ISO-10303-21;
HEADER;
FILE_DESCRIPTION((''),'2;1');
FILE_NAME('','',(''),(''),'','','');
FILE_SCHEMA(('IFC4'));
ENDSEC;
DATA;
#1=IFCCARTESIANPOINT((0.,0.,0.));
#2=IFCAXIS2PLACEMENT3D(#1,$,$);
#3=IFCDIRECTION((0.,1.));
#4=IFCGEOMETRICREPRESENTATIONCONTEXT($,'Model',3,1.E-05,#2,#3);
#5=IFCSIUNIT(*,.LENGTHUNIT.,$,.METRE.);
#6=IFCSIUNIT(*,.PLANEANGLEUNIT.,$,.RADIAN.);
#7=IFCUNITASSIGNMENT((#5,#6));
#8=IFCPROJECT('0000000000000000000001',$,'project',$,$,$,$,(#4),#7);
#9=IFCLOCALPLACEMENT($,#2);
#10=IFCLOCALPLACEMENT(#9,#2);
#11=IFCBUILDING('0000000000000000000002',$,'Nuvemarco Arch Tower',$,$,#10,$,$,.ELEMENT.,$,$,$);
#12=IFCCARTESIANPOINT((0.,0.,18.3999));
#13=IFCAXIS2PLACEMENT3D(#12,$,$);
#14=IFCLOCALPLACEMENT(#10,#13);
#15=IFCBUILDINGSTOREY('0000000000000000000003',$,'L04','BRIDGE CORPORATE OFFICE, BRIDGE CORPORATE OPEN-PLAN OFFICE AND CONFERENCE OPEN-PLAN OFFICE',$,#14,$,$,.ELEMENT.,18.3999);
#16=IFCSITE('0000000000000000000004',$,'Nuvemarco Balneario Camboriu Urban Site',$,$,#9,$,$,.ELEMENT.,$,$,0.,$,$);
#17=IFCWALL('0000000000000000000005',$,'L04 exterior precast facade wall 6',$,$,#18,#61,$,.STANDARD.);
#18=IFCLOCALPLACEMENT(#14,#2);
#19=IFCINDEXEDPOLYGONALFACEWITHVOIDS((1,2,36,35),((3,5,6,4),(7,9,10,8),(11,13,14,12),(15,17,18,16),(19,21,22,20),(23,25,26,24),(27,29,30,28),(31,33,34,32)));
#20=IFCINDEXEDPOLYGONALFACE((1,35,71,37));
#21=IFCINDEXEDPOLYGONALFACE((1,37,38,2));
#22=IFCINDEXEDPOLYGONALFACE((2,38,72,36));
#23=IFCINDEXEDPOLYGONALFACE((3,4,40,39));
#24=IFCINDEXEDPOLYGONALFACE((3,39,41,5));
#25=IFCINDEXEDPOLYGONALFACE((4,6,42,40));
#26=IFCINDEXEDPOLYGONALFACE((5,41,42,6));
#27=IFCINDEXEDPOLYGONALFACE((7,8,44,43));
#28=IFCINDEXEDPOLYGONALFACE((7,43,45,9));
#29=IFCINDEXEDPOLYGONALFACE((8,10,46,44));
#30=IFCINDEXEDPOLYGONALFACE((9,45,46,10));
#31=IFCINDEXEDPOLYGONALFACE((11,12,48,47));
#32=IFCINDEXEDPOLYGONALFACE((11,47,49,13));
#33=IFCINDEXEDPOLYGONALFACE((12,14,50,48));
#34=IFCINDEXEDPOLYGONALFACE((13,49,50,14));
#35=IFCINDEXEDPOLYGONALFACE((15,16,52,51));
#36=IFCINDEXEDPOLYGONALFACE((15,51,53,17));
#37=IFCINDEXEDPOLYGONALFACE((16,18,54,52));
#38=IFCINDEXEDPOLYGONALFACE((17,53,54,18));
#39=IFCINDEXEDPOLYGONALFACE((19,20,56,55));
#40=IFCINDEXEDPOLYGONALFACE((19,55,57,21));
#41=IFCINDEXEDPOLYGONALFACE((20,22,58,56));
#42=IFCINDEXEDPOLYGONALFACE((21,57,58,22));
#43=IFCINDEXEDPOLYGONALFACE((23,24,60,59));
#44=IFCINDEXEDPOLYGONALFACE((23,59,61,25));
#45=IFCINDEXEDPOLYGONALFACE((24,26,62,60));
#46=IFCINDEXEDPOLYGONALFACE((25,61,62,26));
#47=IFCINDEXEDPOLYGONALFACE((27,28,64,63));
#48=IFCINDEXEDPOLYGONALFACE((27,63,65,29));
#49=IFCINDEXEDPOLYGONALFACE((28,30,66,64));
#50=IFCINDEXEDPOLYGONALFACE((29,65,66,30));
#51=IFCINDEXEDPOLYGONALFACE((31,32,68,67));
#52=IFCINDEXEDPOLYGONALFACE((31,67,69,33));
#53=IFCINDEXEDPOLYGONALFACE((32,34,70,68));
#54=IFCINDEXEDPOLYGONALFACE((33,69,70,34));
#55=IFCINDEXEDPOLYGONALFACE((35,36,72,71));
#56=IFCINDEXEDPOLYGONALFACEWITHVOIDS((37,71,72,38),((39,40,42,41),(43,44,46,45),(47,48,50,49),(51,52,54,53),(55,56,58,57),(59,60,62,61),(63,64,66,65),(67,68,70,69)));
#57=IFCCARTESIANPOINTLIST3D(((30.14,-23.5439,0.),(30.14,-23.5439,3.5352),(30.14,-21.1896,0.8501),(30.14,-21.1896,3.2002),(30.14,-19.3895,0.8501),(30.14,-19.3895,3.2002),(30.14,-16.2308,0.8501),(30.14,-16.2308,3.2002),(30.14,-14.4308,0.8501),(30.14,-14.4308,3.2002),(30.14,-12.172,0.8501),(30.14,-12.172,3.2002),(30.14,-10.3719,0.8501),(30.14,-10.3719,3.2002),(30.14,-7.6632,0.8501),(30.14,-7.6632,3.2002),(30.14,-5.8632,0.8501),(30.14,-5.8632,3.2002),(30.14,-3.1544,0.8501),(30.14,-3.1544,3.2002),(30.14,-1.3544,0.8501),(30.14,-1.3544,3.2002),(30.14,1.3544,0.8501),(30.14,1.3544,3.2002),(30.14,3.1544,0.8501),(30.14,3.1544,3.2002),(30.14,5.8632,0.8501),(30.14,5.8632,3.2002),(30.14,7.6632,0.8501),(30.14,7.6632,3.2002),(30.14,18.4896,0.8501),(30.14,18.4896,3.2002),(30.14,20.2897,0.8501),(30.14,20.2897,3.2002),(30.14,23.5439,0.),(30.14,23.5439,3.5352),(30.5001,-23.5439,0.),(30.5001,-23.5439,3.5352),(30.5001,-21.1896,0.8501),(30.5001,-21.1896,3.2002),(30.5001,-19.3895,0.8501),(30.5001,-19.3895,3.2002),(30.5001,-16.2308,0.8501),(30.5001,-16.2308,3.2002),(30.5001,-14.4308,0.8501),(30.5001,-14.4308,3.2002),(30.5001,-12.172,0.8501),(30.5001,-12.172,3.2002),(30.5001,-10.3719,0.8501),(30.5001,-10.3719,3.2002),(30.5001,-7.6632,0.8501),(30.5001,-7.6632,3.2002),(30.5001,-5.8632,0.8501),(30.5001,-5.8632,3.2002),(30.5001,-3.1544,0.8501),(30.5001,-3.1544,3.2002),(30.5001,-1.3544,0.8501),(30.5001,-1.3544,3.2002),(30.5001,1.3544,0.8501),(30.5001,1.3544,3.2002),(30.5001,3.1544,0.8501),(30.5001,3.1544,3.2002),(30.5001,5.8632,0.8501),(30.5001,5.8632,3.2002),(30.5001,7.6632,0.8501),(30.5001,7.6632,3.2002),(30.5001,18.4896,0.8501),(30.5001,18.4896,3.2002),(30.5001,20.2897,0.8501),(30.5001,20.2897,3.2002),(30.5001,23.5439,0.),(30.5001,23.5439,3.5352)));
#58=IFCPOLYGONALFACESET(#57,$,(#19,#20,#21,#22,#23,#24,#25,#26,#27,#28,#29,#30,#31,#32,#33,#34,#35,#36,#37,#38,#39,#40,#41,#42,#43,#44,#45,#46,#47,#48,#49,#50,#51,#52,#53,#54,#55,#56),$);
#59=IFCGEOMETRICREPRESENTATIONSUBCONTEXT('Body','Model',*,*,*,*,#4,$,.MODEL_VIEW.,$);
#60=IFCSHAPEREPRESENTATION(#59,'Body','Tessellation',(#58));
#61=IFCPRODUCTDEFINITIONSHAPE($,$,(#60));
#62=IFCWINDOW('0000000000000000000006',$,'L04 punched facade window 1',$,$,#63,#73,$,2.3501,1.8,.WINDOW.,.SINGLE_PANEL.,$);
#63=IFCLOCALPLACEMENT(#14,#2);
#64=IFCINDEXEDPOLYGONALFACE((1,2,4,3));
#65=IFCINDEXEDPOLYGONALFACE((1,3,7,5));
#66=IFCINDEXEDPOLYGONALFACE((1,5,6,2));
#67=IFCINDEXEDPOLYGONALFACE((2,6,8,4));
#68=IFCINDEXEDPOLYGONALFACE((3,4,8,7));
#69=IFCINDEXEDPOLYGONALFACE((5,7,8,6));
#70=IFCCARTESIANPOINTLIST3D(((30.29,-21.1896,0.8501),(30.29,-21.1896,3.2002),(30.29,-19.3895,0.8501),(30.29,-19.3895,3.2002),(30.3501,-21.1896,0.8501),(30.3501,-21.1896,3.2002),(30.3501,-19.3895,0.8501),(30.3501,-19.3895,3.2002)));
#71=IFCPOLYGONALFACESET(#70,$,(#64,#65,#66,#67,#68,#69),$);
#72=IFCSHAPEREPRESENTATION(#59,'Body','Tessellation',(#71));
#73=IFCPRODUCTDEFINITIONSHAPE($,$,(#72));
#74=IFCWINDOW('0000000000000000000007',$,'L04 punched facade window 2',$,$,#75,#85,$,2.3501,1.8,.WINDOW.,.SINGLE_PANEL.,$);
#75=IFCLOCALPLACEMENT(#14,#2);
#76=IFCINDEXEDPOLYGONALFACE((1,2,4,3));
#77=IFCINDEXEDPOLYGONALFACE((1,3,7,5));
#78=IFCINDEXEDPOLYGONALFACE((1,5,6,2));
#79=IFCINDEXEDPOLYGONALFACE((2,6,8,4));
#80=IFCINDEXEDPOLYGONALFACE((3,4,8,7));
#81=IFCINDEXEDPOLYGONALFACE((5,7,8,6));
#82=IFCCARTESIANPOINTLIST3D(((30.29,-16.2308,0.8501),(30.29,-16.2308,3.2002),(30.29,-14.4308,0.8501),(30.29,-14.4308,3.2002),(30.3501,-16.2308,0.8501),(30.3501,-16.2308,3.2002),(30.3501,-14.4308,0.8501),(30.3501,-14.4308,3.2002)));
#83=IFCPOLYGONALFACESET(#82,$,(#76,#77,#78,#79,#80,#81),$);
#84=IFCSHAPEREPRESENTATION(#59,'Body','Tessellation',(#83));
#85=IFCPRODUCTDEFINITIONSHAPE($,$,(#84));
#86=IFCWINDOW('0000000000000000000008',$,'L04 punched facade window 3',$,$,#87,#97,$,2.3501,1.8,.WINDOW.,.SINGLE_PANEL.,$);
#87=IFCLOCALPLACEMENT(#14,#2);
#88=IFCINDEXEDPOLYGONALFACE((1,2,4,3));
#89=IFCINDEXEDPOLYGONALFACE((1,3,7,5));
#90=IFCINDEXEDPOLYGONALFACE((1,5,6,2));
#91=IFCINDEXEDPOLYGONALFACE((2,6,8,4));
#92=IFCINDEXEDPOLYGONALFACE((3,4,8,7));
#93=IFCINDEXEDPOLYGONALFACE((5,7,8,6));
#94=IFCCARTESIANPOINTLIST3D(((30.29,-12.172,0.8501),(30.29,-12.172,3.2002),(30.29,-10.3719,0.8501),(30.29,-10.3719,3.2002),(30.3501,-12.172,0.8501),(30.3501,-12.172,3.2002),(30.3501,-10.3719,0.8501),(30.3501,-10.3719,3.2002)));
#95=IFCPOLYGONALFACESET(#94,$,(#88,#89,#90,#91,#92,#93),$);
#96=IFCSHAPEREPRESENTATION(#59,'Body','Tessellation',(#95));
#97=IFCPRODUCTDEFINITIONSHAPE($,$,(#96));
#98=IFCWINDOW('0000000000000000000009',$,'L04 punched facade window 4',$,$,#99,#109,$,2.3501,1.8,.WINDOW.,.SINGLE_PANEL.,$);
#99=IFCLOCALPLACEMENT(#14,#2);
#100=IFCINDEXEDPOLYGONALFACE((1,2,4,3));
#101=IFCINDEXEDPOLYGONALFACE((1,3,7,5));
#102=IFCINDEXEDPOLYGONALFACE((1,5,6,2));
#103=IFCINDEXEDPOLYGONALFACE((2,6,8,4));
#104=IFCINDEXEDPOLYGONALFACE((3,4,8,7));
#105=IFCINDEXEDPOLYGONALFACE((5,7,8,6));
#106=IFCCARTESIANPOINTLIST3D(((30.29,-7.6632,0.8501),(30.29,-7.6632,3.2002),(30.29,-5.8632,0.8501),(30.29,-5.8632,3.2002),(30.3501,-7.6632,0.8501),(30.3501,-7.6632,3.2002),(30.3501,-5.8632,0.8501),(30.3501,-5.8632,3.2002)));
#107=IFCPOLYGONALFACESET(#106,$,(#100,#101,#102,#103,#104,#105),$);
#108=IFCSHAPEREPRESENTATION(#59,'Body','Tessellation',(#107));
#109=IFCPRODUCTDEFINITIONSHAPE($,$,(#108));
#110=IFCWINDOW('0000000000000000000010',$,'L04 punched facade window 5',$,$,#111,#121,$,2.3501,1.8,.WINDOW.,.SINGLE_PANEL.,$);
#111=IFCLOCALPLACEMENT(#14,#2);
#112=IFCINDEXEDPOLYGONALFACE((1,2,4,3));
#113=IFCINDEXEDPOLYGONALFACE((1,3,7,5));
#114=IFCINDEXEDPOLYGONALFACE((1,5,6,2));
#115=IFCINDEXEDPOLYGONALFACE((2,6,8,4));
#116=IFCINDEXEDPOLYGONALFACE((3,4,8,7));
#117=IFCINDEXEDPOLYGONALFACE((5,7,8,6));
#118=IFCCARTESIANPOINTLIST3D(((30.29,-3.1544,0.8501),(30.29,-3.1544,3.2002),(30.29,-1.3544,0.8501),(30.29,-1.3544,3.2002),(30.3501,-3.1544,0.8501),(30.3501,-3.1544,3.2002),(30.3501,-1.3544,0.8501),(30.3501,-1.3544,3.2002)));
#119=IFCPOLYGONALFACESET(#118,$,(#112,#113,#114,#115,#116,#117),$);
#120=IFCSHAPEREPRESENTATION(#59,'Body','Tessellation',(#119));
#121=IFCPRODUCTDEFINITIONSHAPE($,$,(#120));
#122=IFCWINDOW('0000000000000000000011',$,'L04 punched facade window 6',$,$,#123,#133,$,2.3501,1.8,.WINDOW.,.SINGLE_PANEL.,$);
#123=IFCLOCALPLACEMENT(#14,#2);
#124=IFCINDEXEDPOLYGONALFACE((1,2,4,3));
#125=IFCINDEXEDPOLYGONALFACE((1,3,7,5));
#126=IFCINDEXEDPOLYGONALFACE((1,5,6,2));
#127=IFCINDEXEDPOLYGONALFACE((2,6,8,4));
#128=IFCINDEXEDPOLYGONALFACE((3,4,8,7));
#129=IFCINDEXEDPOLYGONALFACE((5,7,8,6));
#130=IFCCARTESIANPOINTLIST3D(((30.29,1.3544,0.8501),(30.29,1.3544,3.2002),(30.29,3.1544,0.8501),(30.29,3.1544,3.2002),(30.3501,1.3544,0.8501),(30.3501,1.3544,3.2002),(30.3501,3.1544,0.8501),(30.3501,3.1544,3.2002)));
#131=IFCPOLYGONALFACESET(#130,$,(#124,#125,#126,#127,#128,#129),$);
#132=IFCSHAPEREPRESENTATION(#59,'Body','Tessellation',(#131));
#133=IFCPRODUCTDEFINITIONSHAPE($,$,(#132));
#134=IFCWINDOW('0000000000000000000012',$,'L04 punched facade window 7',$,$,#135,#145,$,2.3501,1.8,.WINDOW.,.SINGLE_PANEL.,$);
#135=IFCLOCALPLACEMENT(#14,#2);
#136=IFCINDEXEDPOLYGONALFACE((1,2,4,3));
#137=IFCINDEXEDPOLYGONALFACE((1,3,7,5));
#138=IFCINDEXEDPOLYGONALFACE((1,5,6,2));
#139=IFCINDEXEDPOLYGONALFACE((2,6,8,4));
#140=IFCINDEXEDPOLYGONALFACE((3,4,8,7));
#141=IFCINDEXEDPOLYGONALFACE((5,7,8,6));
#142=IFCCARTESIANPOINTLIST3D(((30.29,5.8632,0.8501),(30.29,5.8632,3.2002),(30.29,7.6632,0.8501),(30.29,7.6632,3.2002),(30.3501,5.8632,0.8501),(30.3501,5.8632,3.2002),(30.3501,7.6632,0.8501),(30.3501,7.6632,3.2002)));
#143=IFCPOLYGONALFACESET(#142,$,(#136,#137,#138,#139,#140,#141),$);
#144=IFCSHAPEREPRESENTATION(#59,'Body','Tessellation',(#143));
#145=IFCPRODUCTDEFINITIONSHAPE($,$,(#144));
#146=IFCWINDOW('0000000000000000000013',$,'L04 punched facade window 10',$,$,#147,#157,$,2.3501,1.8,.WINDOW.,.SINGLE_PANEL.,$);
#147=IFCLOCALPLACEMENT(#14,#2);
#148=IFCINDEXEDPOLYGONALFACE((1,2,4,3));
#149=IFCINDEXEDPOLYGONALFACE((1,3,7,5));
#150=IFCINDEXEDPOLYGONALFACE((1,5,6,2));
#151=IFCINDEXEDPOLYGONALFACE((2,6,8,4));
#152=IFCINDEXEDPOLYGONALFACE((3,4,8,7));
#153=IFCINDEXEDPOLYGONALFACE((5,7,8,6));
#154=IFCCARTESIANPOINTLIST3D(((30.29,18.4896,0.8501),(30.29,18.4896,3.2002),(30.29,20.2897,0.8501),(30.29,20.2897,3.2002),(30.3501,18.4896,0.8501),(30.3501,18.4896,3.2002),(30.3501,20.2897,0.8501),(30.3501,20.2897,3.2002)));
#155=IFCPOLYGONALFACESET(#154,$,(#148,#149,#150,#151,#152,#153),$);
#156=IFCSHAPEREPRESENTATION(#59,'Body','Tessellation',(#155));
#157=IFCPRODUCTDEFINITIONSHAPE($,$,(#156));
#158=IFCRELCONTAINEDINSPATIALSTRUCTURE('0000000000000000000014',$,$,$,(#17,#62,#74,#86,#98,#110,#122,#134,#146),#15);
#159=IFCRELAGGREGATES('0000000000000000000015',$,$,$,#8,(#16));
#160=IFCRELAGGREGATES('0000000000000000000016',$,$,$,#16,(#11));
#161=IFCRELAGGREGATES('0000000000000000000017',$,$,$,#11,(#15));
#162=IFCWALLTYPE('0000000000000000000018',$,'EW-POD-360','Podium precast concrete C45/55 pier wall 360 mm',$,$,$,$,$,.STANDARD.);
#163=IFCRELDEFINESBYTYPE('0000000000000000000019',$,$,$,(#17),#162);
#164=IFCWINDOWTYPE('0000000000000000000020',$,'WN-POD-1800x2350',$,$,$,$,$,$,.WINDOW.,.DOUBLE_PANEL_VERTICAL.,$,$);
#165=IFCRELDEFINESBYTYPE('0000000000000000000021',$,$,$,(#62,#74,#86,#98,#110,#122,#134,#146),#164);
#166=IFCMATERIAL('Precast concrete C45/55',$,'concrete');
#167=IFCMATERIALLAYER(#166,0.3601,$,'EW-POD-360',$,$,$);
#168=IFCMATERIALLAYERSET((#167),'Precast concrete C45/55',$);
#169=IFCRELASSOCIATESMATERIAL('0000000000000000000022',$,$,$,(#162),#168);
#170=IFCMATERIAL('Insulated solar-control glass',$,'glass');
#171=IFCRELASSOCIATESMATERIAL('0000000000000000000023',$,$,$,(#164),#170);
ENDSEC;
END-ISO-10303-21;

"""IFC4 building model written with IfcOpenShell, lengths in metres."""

from ifc_helpers import new_model, si_unit, direction, frame, frame_2d, origin, place, context, subcontext, project, spatial, rectangle, extrude, source, transform, mapped, material, layer, layer_set, type_object, type_shapes, element, fill, save


model = new_model("IFC4")

# Units and contexts
model_context = context("Model", 3, precision=1e-05, world=origin(), true_north=direction((0.0, 1.0)))
body_context = subcontext(model_context, "Body", "Model", "MODEL_VIEW")
ifc_project = project(units=[si_unit("LENGTHUNIT", "METRE"), si_unit("PLANEANGLEUNIT", "RADIAN")], contexts=[model_context])

# Site, building, storey
site_placement = place(None, origin())
site = spatial("IfcSite", under=ifc_project, at=site_placement, Name="Nuvemarco Balneario Camboriu Urban Site", CompositionType="ELEMENT", RefElevation=0.0)
building_placement = place(site_placement, origin())
building = spatial("IfcBuilding", under=site, at=building_placement, Name="Nuvemarco Arch Tower", CompositionType="ELEMENT")
storey_placement = place(building_placement, frame((0.0, 0.0, 18.3999)))
storey = spatial("IfcBuildingStorey", under=building, at=storey_placement, Name="L04", Description="BRIDGE CORPORATE OFFICE, BRIDGE CORPORATE OPEN-PLAN OFFICE AND CONFERENCE OPEN-PLAN OFFICE", CompositionType="ELEMENT", Elevation=18.3999)

# Shared definitions
ifc_material_1 = material(Name="Precast concrete C45/55", Category="concrete")

# Shared definitions
ifc_layer = layer(ifc_material_1, 0.3601, Name="EW-POD-360")
ifc_layer_set = layer_set([ifc_layer], Name="Precast concrete C45/55")
wall_type = type_object("IfcWallType", Name="EW-POD-360", Description="Podium precast concrete C45/55 pier wall 360 mm", PredefinedType="STANDARD", material=ifc_layer_set)

# Wall, openings, windows
wall_1_placement = place(storey_placement, frame((30.3201, -23.5439, 0.0), z_axis=(0.0, 0.0, 1.0), x_axis=(0.0, 1.0, 0.0)))
wall_1 = element("IfcWall", 1, at=wall_1_placement, inside=storey, type_object=wall_type, Name="L04 exterior precast facade wall 6", PredefinedType="STANDARD", context=body_context, shape_type="SweptSolid", body=[
    extrude(rectangle(XDim=47.0879, YDim=0.3601, at=frame_2d((23.5439, 0.0))), origin(), (0.0, 0.0, 1.0), 3.5352),
])
opening_1_placement = place(wall_1_placement, frame((2.3545, 0.0, 0.8501)))
opening_1 = element("IfcOpeningElement", 2, at=opening_1_placement, cuts=wall_1, PredefinedType="OPENING", context=body_context, shape_type="SweptSolid", body=[
    extrude(rectangle(XDim=1.8, YDim=2.3501, at=frame_2d((0.8999, 1.175))), frame((0.0, 0.1899, 0.0), z_axis=(0.0, -1.0, 0.0), x_axis=(1.0, 0.0, 0.0)), (0.0, 0.0, 1.0), 0.3801),
])
opening_2_placement = place(wall_1_placement, frame((7.3132, 0.0, 0.8501)))
opening_2 = element("IfcOpeningElement", 3, at=opening_2_placement, cuts=wall_1, PredefinedType="OPENING", context=body_context, shape_type="SweptSolid", body=[
    extrude(rectangle(XDim=1.8, YDim=2.3501, at=frame_2d((0.8999, 1.175))), frame((0.0, 0.1899, 0.0), z_axis=(0.0, -1.0, 0.0), x_axis=(1.0, 0.0, 0.0)), (0.0, 0.0, 1.0), 0.3801),
])
opening_3_placement = place(wall_1_placement, frame((11.3721, 0.0, 0.8501)))
opening_3 = element("IfcOpeningElement", 4, at=opening_3_placement, cuts=wall_1, PredefinedType="OPENING", context=body_context, shape_type="SweptSolid", body=[
    extrude(rectangle(XDim=1.8, YDim=2.3501, at=frame_2d((0.8999, 1.175))), frame((0.0, 0.1899, 0.0), z_axis=(0.0, -1.0, 0.0), x_axis=(1.0, 0.0, 0.0)), (0.0, 0.0, 1.0), 0.3801),
])
opening_4_placement = place(wall_1_placement, frame((15.8809, 0.0, 0.8501)))
opening_4 = element("IfcOpeningElement", 5, at=opening_4_placement, cuts=wall_1, PredefinedType="OPENING", context=body_context, shape_type="SweptSolid", body=[
    extrude(rectangle(XDim=1.8, YDim=2.3501, at=frame_2d((0.8999, 1.175))), frame((0.0, 0.1899, 0.0), z_axis=(0.0, -1.0, 0.0), x_axis=(1.0, 0.0, 0.0)), (0.0, 0.0, 1.0), 0.3801),
])
opening_5_placement = place(wall_1_placement, frame((20.3896, 0.0, 0.8501)))
opening_5 = element("IfcOpeningElement", 6, at=opening_5_placement, cuts=wall_1, PredefinedType="OPENING", context=body_context, shape_type="SweptSolid", body=[
    extrude(rectangle(XDim=1.8, YDim=2.3501, at=frame_2d((0.8999, 1.175))), frame((0.0, 0.1899, 0.0), z_axis=(0.0, -1.0, 0.0), x_axis=(1.0, 0.0, 0.0)), (0.0, 0.0, 1.0), 0.3801),
])
opening_6_placement = place(wall_1_placement, frame((24.8984, 0.0, 0.8501)))
opening_6 = element("IfcOpeningElement", 7, at=opening_6_placement, cuts=wall_1, PredefinedType="OPENING", context=body_context, shape_type="SweptSolid", body=[
    extrude(rectangle(XDim=1.8, YDim=2.3501, at=frame_2d((0.8999, 1.175))), frame((0.0, 0.1899, 0.0), z_axis=(0.0, -1.0, 0.0), x_axis=(1.0, 0.0, 0.0)), (0.0, 0.0, 1.0), 0.3801),
])
opening_7_placement = place(wall_1_placement, frame((29.4072, 0.0, 0.8501)))
opening_7 = element("IfcOpeningElement", 8, at=opening_7_placement, cuts=wall_1, PredefinedType="OPENING", context=body_context, shape_type="SweptSolid", body=[
    extrude(rectangle(XDim=1.8, YDim=2.3501, at=frame_2d((0.8999, 1.175))), frame((0.0, 0.1899, 0.0), z_axis=(0.0, -1.0, 0.0), x_axis=(1.0, 0.0, 0.0)), (0.0, 0.0, 1.0), 0.3801),
])
opening_8_placement = place(wall_1_placement, frame((42.0337, 0.0, 0.8501)))
opening_8 = element("IfcOpeningElement", 9, at=opening_8_placement, cuts=wall_1, PredefinedType="OPENING", context=body_context, shape_type="SweptSolid", body=[
    extrude(rectangle(XDim=1.8, YDim=2.3501, at=frame_2d((0.8999, 1.175))), frame((0.0, 0.1899, 0.0), z_axis=(0.0, -1.0, 0.0), x_axis=(1.0, 0.0, 0.0)), (0.0, 0.0, 1.0), 0.3801),
])
ifc_material_2 = material(Name="Insulated solar-control glass", Category="glass")
window_type = type_object("IfcWindowType", Name="WN-POD-1800x2350", PartitioningType="DOUBLE_PANEL_VERTICAL", PredefinedType="WINDOW", material=ifc_material_2)
shared_shape = source(origin(), body_context, "Body", "SweptSolid", [
    extrude(rectangle(XDim=1.8, YDim=2.3501, at=frame_2d((0.8999, 1.175))), frame((0.0, 0.03, 0.0), z_axis=(0.0, -1.0, 0.0), x_axis=(1.0, 0.0, 0.0)), (0.0, 0.0, 1.0), 0.0601),
])
type_shapes(window_type, [shared_shape])
window_1_placement = place(opening_1_placement, origin())
window_1 = element("IfcWindow", 10, at=window_1_placement, inside=storey, type_object=window_type, Name="L04 punched facade window 1", OverallHeight=2.3501, OverallWidth=1.8, PartitioningType="SINGLE_PANEL", PredefinedType="WINDOW", context=body_context, shape_type="MappedRepresentation", body=[
    mapped(shared_shape, transform((0.0, 0.0, 0.0), scale=1.0)),
])
fill(opening_1, window_1)
window_2_placement = place(opening_2_placement, origin())
window_2 = element("IfcWindow", 11, at=window_2_placement, inside=storey, type_object=window_type, Name="L04 punched facade window 2", OverallHeight=2.3501, OverallWidth=1.8, PartitioningType="SINGLE_PANEL", PredefinedType="WINDOW", context=body_context, shape_type="MappedRepresentation", body=[
    mapped(shared_shape, transform((0.0, 0.0, 0.0), scale=1.0)),
])
fill(opening_2, window_2)
window_3_placement = place(opening_3_placement, origin())
window_3 = element("IfcWindow", 12, at=window_3_placement, inside=storey, type_object=window_type, Name="L04 punched facade window 3", OverallHeight=2.3501, OverallWidth=1.8, PartitioningType="SINGLE_PANEL", PredefinedType="WINDOW", context=body_context, shape_type="MappedRepresentation", body=[
    mapped(shared_shape, transform((0.0, 0.0, 0.0), scale=1.0)),
])
fill(opening_3, window_3)
window_4_placement = place(opening_4_placement, origin())
window_4 = element("IfcWindow", 13, at=window_4_placement, inside=storey, type_object=window_type, Name="L04 punched facade window 4", OverallHeight=2.3501, OverallWidth=1.8, PartitioningType="SINGLE_PANEL", PredefinedType="WINDOW", context=body_context, shape_type="MappedRepresentation", body=[
    mapped(shared_shape, transform((0.0, 0.0, 0.0), scale=1.0)),
])
fill(opening_4, window_4)
window_5_placement = place(opening_5_placement, origin())
window_5 = element("IfcWindow", 14, at=window_5_placement, inside=storey, type_object=window_type, Name="L04 punched facade window 5", OverallHeight=2.3501, OverallWidth=1.8, PartitioningType="SINGLE_PANEL", PredefinedType="WINDOW", context=body_context, shape_type="MappedRepresentation", body=[
    mapped(shared_shape, transform((0.0, 0.0, 0.0), scale=1.0)),
])
fill(opening_5, window_5)
window_6_placement = place(opening_6_placement, origin())
window_6 = element("IfcWindow", 15, at=window_6_placement, inside=storey, type_object=window_type, Name="L04 punched facade window 6", OverallHeight=2.3501, OverallWidth=1.8, PartitioningType="SINGLE_PANEL", PredefinedType="WINDOW", context=body_context, shape_type="MappedRepresentation", body=[
    mapped(shared_shape, transform((0.0, 0.0, 0.0), scale=1.0)),
])
fill(opening_6, window_6)
window_7_placement = place(opening_7_placement, origin())
window_7 = element("IfcWindow", 16, at=window_7_placement, inside=storey, type_object=window_type, Name="L04 punched facade window 7", OverallHeight=2.3501, OverallWidth=1.8, PartitioningType="SINGLE_PANEL", PredefinedType="WINDOW", context=body_context, shape_type="MappedRepresentation", body=[
    mapped(shared_shape, transform((0.0, 0.0, 0.0), scale=1.0)),
])
fill(opening_7, window_7)
window_8_placement = place(opening_8_placement, origin())
window_8 = element("IfcWindow", 17, at=window_8_placement, inside=storey, type_object=window_type, Name="L04 punched facade window 10", OverallHeight=2.3501, OverallWidth=1.8, PartitioningType="SINGLE_PANEL", PredefinedType="WINDOW", context=body_context, shape_type="MappedRepresentation", body=[
    mapped(shared_shape, transform((0.0, 0.0, 0.0), scale=1.0)),
])
fill(opening_8, window_8)

save(model, "model.ifc")
